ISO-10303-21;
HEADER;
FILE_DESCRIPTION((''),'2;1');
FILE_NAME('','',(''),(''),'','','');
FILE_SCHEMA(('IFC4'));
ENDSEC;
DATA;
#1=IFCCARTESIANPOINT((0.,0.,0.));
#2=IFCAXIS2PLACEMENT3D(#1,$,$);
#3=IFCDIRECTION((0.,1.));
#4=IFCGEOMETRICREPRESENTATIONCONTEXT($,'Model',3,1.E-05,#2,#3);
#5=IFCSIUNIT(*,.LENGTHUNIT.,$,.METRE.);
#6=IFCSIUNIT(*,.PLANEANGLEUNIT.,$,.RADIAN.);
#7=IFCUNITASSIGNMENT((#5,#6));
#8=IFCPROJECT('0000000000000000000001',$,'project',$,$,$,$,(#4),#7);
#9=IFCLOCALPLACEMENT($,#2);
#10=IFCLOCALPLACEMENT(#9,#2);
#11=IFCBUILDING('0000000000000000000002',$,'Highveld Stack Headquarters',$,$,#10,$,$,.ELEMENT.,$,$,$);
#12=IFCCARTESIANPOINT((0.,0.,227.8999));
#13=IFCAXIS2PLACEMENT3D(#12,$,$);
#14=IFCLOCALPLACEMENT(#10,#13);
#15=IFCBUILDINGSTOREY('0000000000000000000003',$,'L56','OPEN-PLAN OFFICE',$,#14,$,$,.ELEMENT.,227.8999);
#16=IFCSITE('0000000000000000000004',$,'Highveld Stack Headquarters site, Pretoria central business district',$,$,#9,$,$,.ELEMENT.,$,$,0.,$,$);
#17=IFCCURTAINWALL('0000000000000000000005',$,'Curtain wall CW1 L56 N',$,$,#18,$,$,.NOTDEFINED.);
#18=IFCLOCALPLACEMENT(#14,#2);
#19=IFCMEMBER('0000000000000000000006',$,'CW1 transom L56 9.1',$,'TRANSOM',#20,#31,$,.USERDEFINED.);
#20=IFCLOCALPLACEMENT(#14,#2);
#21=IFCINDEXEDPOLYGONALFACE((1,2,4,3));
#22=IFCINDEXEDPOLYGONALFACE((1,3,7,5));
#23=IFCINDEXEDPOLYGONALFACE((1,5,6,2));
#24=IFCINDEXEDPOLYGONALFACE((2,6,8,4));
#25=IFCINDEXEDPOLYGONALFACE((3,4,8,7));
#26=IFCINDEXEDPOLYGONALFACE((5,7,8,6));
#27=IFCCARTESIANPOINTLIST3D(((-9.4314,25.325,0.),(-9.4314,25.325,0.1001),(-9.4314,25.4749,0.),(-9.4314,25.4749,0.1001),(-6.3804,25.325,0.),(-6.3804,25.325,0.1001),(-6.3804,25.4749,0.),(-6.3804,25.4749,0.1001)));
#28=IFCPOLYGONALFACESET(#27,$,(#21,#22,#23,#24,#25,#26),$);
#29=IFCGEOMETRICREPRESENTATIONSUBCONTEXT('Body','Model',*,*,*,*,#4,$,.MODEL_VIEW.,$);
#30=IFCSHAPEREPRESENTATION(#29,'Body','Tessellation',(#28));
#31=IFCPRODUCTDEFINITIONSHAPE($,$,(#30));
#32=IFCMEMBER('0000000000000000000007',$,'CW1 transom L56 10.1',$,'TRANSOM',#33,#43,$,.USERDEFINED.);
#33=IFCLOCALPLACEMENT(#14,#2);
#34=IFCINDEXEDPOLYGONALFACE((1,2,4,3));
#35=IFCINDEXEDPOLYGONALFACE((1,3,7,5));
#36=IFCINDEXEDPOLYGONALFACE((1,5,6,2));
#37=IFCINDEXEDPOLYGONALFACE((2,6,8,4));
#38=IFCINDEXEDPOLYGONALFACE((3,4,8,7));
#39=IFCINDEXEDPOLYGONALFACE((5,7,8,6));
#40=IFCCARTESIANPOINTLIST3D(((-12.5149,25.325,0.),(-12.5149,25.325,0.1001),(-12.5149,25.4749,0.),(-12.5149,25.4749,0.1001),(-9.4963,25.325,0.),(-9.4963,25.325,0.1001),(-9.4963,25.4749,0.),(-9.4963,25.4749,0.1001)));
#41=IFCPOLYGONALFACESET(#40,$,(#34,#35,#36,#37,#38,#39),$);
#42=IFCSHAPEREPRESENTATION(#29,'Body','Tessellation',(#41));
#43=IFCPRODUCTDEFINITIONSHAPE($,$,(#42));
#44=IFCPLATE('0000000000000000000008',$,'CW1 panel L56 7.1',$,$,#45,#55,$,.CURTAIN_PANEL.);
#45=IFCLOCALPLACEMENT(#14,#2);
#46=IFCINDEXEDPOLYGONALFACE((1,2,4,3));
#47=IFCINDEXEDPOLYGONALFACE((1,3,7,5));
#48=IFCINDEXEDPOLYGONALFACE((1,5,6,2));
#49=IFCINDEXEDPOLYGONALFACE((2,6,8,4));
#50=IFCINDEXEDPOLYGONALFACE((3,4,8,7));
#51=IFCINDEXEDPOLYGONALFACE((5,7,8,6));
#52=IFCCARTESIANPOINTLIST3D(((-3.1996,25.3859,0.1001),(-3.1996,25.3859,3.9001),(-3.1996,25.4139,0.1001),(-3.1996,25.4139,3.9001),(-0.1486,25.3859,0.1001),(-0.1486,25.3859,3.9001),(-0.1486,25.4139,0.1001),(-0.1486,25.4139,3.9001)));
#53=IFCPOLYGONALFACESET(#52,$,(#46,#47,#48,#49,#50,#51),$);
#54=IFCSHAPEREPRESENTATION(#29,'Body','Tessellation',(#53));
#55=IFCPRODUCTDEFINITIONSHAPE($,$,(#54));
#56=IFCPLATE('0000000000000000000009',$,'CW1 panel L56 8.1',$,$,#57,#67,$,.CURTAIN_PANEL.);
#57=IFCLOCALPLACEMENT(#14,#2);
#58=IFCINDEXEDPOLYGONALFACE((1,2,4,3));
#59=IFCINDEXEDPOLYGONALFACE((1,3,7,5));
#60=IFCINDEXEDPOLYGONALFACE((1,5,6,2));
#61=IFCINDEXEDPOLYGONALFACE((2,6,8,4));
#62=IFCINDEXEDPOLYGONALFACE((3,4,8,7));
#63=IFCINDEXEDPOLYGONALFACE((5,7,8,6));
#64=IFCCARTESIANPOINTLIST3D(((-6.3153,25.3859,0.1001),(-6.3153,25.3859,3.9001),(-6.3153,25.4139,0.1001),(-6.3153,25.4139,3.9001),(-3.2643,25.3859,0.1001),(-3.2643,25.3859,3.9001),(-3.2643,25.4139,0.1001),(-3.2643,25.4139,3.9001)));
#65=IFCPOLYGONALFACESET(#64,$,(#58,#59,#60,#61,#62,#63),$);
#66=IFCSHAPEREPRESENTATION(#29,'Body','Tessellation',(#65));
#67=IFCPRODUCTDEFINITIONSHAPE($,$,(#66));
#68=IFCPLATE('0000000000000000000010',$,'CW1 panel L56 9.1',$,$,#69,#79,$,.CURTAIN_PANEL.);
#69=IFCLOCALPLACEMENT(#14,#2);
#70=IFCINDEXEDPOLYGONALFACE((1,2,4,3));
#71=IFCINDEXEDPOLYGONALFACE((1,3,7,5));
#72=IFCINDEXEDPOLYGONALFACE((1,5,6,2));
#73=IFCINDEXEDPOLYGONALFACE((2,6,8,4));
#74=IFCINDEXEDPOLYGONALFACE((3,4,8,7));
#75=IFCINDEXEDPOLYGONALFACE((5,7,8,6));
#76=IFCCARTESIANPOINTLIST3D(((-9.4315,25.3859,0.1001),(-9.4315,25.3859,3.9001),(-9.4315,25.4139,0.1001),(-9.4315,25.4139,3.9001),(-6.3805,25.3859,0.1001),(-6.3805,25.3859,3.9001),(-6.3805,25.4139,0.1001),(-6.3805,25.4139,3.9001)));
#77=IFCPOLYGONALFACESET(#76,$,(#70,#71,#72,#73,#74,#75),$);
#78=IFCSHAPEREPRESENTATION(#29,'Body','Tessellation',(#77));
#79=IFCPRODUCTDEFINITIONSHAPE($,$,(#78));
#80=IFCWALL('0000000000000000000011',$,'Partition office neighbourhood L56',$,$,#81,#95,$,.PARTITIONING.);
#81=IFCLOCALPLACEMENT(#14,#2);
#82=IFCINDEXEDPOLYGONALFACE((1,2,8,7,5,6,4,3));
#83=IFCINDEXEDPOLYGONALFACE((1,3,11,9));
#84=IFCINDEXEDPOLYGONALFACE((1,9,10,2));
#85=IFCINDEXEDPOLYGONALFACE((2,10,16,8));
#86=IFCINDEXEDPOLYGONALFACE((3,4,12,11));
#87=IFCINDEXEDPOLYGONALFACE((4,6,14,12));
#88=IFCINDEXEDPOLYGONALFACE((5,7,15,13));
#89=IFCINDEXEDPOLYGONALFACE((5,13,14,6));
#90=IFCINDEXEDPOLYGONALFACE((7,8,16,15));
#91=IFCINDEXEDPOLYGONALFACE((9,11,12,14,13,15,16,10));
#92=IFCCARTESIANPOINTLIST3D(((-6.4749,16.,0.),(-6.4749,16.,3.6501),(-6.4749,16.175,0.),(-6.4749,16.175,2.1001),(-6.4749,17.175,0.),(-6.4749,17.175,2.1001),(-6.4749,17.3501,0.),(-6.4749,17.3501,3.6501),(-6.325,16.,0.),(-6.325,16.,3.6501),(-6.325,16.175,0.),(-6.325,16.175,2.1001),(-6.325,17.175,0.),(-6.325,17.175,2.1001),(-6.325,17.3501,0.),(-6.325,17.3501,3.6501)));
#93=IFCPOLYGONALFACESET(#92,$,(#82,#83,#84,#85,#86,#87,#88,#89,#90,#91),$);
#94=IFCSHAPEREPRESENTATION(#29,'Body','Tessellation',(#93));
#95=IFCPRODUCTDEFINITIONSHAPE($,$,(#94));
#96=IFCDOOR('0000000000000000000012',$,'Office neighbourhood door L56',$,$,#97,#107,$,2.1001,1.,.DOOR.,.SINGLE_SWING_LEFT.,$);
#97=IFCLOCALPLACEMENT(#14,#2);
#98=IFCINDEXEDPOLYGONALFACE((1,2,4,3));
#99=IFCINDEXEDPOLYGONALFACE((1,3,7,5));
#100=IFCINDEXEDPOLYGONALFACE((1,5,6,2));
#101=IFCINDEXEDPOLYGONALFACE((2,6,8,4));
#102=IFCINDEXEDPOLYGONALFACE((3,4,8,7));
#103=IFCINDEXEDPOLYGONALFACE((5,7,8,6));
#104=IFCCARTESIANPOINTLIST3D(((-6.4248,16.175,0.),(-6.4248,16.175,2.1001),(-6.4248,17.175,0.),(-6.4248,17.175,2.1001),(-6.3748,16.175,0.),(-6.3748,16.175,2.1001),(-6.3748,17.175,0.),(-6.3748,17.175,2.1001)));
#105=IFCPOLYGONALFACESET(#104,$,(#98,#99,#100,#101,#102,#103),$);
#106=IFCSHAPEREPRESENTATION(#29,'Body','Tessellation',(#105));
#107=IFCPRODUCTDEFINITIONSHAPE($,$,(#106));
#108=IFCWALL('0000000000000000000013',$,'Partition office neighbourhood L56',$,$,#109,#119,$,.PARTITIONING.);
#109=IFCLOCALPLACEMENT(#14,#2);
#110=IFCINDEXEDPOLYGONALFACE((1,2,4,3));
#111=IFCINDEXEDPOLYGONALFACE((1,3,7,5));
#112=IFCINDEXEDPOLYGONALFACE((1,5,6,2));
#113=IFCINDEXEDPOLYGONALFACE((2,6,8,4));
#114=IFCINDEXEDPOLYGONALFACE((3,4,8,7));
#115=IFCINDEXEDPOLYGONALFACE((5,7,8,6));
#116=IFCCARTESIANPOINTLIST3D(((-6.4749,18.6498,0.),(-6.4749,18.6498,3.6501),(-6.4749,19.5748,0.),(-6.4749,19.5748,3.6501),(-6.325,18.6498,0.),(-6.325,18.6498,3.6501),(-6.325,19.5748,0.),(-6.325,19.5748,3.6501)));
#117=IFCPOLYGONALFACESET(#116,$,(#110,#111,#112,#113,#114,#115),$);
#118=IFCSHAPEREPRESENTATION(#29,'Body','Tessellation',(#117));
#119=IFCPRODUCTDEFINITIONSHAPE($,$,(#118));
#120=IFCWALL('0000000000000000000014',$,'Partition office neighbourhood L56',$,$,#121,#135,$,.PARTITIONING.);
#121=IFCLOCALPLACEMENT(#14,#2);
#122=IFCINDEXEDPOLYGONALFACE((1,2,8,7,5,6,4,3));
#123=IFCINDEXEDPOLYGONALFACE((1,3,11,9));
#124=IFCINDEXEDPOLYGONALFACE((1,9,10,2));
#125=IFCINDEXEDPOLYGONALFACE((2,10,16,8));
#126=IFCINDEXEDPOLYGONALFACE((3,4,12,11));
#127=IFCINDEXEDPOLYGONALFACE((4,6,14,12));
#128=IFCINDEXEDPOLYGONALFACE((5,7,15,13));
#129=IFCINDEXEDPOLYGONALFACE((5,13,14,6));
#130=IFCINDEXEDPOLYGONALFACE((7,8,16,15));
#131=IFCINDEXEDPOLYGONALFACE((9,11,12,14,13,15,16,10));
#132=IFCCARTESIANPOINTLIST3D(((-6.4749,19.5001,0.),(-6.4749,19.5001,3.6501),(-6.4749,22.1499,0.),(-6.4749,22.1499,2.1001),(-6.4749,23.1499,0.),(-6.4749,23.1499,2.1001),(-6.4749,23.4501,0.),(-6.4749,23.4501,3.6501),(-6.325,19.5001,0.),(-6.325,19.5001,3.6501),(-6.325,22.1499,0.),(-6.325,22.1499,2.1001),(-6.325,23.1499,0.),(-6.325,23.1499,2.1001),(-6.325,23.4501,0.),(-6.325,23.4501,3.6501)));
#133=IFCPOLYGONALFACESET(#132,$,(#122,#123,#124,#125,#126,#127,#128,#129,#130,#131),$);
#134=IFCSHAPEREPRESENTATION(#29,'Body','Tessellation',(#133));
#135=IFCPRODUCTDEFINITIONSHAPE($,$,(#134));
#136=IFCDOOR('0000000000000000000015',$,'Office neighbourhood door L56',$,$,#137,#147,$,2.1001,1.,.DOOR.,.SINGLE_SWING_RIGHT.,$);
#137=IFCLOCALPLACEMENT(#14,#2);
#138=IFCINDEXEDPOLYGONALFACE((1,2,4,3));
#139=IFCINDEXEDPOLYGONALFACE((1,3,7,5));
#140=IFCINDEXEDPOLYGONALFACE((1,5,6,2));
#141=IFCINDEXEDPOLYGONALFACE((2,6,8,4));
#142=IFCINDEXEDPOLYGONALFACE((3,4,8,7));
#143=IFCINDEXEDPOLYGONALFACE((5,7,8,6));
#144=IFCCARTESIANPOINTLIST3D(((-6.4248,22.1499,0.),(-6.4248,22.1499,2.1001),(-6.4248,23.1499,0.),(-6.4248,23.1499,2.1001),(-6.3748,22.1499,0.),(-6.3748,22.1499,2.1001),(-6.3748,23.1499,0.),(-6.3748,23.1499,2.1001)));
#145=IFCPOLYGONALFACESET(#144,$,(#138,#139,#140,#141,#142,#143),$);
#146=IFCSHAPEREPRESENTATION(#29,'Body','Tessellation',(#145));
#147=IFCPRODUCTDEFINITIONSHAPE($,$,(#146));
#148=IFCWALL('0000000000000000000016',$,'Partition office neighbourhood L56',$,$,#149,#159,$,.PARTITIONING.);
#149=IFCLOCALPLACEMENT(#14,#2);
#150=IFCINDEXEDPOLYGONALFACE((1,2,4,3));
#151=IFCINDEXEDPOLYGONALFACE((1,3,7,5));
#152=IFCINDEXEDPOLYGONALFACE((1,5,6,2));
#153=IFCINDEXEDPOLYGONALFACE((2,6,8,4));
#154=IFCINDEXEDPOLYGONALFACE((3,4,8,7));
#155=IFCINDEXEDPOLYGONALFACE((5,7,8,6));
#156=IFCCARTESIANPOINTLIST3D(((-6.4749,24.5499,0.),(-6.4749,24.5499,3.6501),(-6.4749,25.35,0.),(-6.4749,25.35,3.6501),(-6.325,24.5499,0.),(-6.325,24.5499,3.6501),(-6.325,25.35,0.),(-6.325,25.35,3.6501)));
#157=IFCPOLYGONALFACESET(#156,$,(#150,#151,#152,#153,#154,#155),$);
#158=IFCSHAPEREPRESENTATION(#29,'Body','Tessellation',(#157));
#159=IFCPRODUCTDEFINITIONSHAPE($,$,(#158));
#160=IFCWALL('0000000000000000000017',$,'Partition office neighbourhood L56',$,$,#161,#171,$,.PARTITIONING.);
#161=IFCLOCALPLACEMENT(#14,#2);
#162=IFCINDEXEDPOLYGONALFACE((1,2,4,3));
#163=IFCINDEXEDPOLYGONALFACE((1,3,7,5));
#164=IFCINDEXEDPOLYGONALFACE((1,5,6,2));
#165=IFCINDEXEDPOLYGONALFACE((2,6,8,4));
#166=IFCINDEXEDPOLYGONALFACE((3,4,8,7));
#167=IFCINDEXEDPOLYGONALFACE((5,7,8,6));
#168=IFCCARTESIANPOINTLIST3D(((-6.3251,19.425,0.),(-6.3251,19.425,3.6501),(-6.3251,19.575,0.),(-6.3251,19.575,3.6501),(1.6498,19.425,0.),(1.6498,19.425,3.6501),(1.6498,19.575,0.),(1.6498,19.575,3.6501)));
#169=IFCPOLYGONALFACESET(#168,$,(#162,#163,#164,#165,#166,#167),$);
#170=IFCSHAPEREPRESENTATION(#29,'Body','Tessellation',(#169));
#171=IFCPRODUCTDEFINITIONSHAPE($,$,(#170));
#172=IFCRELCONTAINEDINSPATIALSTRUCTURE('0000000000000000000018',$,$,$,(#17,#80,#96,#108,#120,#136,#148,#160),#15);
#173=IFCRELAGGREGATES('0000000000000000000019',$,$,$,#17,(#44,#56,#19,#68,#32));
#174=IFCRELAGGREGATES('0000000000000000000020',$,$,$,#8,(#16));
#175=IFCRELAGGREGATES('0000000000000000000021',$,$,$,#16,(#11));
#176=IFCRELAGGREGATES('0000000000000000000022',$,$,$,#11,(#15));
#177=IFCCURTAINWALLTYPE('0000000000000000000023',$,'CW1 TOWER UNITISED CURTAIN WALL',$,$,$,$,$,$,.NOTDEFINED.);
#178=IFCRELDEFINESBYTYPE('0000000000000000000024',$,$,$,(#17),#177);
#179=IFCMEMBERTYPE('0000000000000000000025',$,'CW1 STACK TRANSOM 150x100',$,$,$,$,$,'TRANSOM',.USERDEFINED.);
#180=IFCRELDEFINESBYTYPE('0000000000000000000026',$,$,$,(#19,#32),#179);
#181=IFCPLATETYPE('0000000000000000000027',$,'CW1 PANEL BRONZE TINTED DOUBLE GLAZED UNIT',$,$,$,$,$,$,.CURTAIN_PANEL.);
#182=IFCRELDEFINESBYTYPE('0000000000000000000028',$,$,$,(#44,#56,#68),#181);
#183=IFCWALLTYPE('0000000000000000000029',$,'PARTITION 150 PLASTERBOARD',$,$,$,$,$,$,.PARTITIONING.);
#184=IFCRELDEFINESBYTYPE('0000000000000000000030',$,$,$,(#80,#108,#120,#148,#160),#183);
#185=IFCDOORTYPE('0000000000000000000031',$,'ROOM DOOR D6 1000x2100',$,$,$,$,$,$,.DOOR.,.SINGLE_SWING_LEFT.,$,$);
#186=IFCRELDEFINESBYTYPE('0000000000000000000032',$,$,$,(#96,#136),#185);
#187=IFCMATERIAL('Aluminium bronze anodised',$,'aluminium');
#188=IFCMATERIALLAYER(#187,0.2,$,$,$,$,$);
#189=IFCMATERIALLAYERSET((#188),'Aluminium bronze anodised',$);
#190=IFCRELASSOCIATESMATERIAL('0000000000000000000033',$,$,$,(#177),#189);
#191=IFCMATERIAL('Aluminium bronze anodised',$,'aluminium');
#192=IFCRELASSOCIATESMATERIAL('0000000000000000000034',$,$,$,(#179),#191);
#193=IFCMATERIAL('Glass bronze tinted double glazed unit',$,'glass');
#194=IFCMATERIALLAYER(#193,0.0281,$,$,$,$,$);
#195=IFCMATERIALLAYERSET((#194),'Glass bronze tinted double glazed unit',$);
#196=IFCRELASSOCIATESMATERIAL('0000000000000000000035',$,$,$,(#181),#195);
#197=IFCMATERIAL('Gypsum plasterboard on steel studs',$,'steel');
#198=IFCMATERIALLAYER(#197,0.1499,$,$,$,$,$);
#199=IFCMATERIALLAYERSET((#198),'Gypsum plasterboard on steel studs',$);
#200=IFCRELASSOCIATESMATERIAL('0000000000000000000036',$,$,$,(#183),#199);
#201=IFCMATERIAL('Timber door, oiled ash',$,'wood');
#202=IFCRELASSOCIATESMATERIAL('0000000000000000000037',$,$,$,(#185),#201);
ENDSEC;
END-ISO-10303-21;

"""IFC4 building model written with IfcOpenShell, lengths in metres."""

from ifc_helpers import new_model, si_unit, direction, frame, frame_2d, origin, origin_2d, place, context, subcontext, project, spatial, rectangle, extrude, material, layer, layer_set, material_profile, profile_set, type_object, element, fill, aggregate, save


model = new_model("IFC4")

# Units and contexts
model_context = context("Model", 3, precision=1e-05, world=origin(), true_north=direction((0.0, 1.0)))
body_context = subcontext(model_context, "Body", "Model", "MODEL_VIEW")
ifc_project = project(units=[si_unit("LENGTHUNIT", "METRE"), si_unit("PLANEANGLEUNIT", "RADIAN")], contexts=[model_context])

# Site, building, storey
site_placement = place(None, origin())
site = spatial("IfcSite", under=ifc_project, at=site_placement, Name="Highveld Stack Headquarters site, Pretoria central business district", CompositionType="ELEMENT", RefElevation=0.0)
building_placement = place(site_placement, origin())
building = spatial("IfcBuilding", under=site, at=building_placement, Name="Highveld Stack Headquarters", CompositionType="ELEMENT")
storey_placement = place(building_placement, frame((0.0, 0.0, 227.8999)))
storey = spatial("IfcBuildingStorey", under=building, at=storey_placement, Name="L56", Description="OPEN-PLAN OFFICE", CompositionType="ELEMENT", Elevation=227.8999)

# Curtain wall, members, plates
ifc_material_1 = material(Name="Aluminium bronze anodised", Category="aluminium")
ifc_layer_1 = layer(ifc_material_1, 0.2)
ifc_layer_set_1 = layer_set([ifc_layer_1], Name="Aluminium bronze anodised")
curtain_wall_type = type_object("IfcCurtainWallType", Name="CW1 TOWER UNITISED CURTAIN WALL", PredefinedType="NOTDEFINED", material=ifc_layer_set_1)
curtain_wall_placement = place(storey_placement, origin())
curtain_wall = element("IfcCurtainWall", 1, at=curtain_wall_placement, inside=storey, type_object=curtain_wall_type, Name="Curtain wall CW1 L56 N", PredefinedType="NOTDEFINED")
ifc_material_2 = material(Name="Aluminium bronze anodised", Category="aluminium")
ifc_material_profile_1 = material_profile(ifc_material_2, rectangle(XDim=0.1499, YDim=0.1001, at=origin_2d()), Name="CW1 TRANSOM 150x100")
ifc_profile_set_1 = profile_set([ifc_material_profile_1], Name="Aluminium bronze anodised")
member_type_1 = type_object("IfcMemberType", Name="CW1 STACK TRANSOM 150x100", ElementType="TRANSOM", PredefinedType="USERDEFINED", material=ifc_profile_set_1)
member_1_placement = place(storey_placement, frame((-6.3804, 25.3999, 0.05), z_axis=(-1.0, 0.0, 0.0), x_axis=(0.0, -1.0, 0.0)))
member_1 = element("IfcMember", 2, at=member_1_placement, type_object=member_type_1, Name="CW1 transom L56 9.1", ObjectType="TRANSOM", PredefinedType="USERDEFINED", context=body_context, shape_type="SweptSolid", body=[
    extrude(rectangle(XDim=0.1499, YDim=0.1001, at=origin_2d()), origin(), (0.0, 0.0, 1.0), 3.051),
])
member_2_placement = place(storey_placement, frame((-9.4963, 25.3999, 0.05), z_axis=(-1.0, 0.0, 0.0), x_axis=(0.0, -1.0, 0.0)))
member_2 = element("IfcMember", 3, at=member_2_placement, type_object=member_type_1, Name="CW1 transom L56 10.1", ObjectType="TRANSOM", PredefinedType="USERDEFINED", context=body_context, shape_type="SweptSolid", body=[
    extrude(rectangle(XDim=0.1499, YDim=0.1001, at=origin_2d()), origin(), (0.0, 0.0, 1.0), 3.0186),
])
ifc_material_3 = material(Name="Glass bronze tinted double glazed unit", Category="glass")
ifc_layer_2 = layer(ifc_material_3, 0.0281)
ifc_layer_set_2 = layer_set([ifc_layer_2], Name="Glass bronze tinted double glazed unit")
plate_type = type_object("IfcPlateType", Name="CW1 PANEL BRONZE TINTED DOUBLE GLAZED UNIT", PredefinedType="CURTAIN_PANEL", material=ifc_layer_set_2)
plate_1_placement = place(storey_placement, frame((-1.6741, 25.3999, 0.1001), z_axis=(0.0, 0.0, 1.0), x_axis=(-1.0, 0.0, 0.0)))
plate_1 = element("IfcPlate", 4, at=plate_1_placement, type_object=plate_type, Name="CW1 panel L56 7.1", PredefinedType="CURTAIN_PANEL", context=body_context, shape_type="SweptSolid", body=[
    extrude(rectangle(XDim=3.051, YDim=0.0281, at=origin_2d()), origin(), (0.0, 0.0, 1.0), 3.8),
])
plate_2_placement = place(storey_placement, frame((-4.7898, 25.3999, 0.1001), z_axis=(0.0, 0.0, 1.0), x_axis=(-1.0, 0.0, 0.0)))
plate_2 = element("IfcPlate", 5, at=plate_2_placement, type_object=plate_type, Name="CW1 panel L56 8.1", PredefinedType="CURTAIN_PANEL", context=body_context, shape_type="SweptSolid", body=[
    extrude(rectangle(XDim=3.051, YDim=0.0281, at=origin_2d()), origin(), (0.0, 0.0, 1.0), 3.8),
])
plate_3_placement = place(storey_placement, frame((-7.906, 25.3999, 0.1001), z_axis=(0.0, 0.0, 1.0), x_axis=(-1.0, 0.0, 0.0)))
plate_3 = element("IfcPlate", 6, at=plate_3_placement, type_object=plate_type, Name="CW1 panel L56 9.1", PredefinedType="CURTAIN_PANEL", context=body_context, shape_type="SweptSolid", body=[
    extrude(rectangle(XDim=3.051, YDim=0.0281, at=origin_2d()), origin(), (0.0, 0.0, 1.0), 3.8),
])
aggregate(curtain_wall, [plate_1, plate_2, member_1, plate_3, member_2])

# Wall, opening, door
ifc_material_4 = material(Name="Gypsum plasterboard on steel studs", Category="steel")
ifc_layer_3 = layer(ifc_material_4, 0.1499)
ifc_layer_set_3 = layer_set([ifc_layer_3], Name="Gypsum plasterboard on steel studs")
wall_type = type_object("IfcWallType", Name="PARTITION 150 PLASTERBOARD", PredefinedType="PARTITIONING", material=ifc_layer_set_3)
wall_1_placement = place(storey_placement, frame((-6.3999, 16.0, 0.0), z_axis=(0.0, 0.0, 1.0), x_axis=(0.0, 1.0, 0.0)))
wall_1 = element("IfcWall", 7, at=wall_1_placement, inside=storey, type_object=wall_type, Name="Partition office neighbourhood L56", PredefinedType="PARTITIONING", context=body_context, shape_type="SweptSolid", body=[
    extrude(rectangle(XDim=1.3501, YDim=0.1499, at=frame_2d((0.675, 0.0))), origin(), (0.0, 0.0, 1.0), 3.6501),
])
opening_1_placement = place(wall_1_placement, frame((0.175, 0.0, 0.0)))
opening_1 = element("IfcOpeningElement", 8, at=opening_1_placement, cuts=wall_1, PredefinedType="OPENING", context=body_context, shape_type="SweptSolid", body=[
    extrude(rectangle(XDim=1.0, YDim=2.1001, at=frame_2d((0.5, 1.05))), frame((0.0, 0.085, 0.0), z_axis=(0.0, -1.0, 0.0), x_axis=(1.0, 0.0, 0.0)), (0.0, 0.0, 1.0), 0.1699),
])
ifc_material_5 = material(Name="Timber door, oiled ash", Category="wood")
door_type = type_object("IfcDoorType", Name="ROOM DOOR D6 1000x2100", OperationType="SINGLE_SWING_LEFT", PredefinedType="DOOR", material=ifc_material_5)
door_1_placement = place(opening_1_placement, origin())
door_1 = element("IfcDoor", 9, at=door_1_placement, inside=storey, type_object=door_type, Name="Office neighbourhood door L56", OperationType="SINGLE_SWING_LEFT", OverallHeight=2.1001, OverallWidth=1.0, PredefinedType="DOOR", context=body_context, shape_type="SweptSolid", body=[
    extrude(rectangle(XDim=1.0, YDim=2.1001, at=frame_2d((0.5, 1.05))), frame((0.0, 0.0249, 0.0), z_axis=(0.0, -1.0, 0.0), x_axis=(1.0, 0.0, 0.0)), (0.0, 0.0, 1.0), 0.05),
])
fill(opening_1, door_1)

# Wall
wall_2_placement = place(storey_placement, frame((-6.3999, 18.6499, 0.0), z_axis=(0.0, 0.0, 1.0), x_axis=(0.0, 1.0, 0.0)))
element("IfcWall", 10, at=wall_2_placement, inside=storey, type_object=wall_type, Name="Partition office neighbourhood L56", PredefinedType="PARTITIONING", context=body_context, shape_type="SweptSolid", body=[
    extrude(rectangle(XDim=0.925, YDim=0.1499, at=frame_2d((0.4624, 0.0))), origin(), (0.0, 0.0, 1.0), 3.6501),
])

# Wall, opening, door
wall_3_placement = place(storey_placement, frame((-6.3999, 19.5, 0.0), z_axis=(0.0, 0.0, 1.0), x_axis=(0.0, 1.0, 0.0)))
wall_3 = element("IfcWall", 11, at=wall_3_placement, inside=storey, type_object=wall_type, Name="Partition office neighbourhood L56", PredefinedType="PARTITIONING", context=body_context, shape_type="SweptSolid", body=[
    extrude(rectangle(XDim=3.95, YDim=0.1499, at=frame_2d((1.9751, 0.0))), origin(), (0.0, 0.0, 1.0), 3.6501),
])
opening_2_placement = place(wall_3_placement, frame((2.6499, 0.0, 0.0)))
opening_2 = element("IfcOpeningElement", 12, at=opening_2_placement, cuts=wall_3, PredefinedType="OPENING", context=body_context, shape_type="SweptSolid", body=[
    extrude(rectangle(XDim=1.0, YDim=2.1001, at=frame_2d((0.5, 1.05))), frame((0.0, 0.085, 0.0), z_axis=(0.0, -1.0, 0.0), x_axis=(1.0, 0.0, 0.0)), (0.0, 0.0, 1.0), 0.1699),
])
door_2_placement = place(opening_2_placement, origin())
door_2 = element("IfcDoor", 13, at=door_2_placement, inside=storey, type_object=door_type, Name="Office neighbourhood door L56", OperationType="SINGLE_SWING_RIGHT", OverallHeight=2.1001, OverallWidth=1.0, PredefinedType="DOOR", context=body_context, shape_type="SweptSolid", body=[
    extrude(rectangle(XDim=1.0, YDim=2.1001, at=frame_2d((0.5, 1.05))), frame((0.0, 0.0249, 0.0), z_axis=(0.0, -1.0, 0.0), x_axis=(1.0, 0.0, 0.0)), (0.0, 0.0, 1.0), 0.05),
])
fill(opening_2, door_2)

# Walls
wall_4_placement = place(storey_placement, frame((-6.3999, 24.55, 0.0), z_axis=(0.0, 0.0, 1.0), x_axis=(0.0, 1.0, 0.0)))
element("IfcWall", 14, at=wall_4_placement, inside=storey, type_object=wall_type, Name="Partition office neighbourhood L56", PredefinedType="PARTITIONING", context=body_context, shape_type="SweptSolid", body=[
    extrude(rectangle(XDim=0.8, YDim=0.1499, at=frame_2d((0.3999, 0.0))), origin(), (0.0, 0.0, 1.0), 3.6501),
])
wall_5_placement = place(storey_placement, frame((-6.325, 19.5, 0.0), z_axis=(0.0, 0.0, 1.0), x_axis=(1.0, 0.0, 0.0)))
element("IfcWall", 15, at=wall_5_placement, inside=storey, type_object=wall_type, Name="Partition office neighbourhood L56", PredefinedType="PARTITIONING", context=body_context, shape_type="SweptSolid", body=[
    extrude(rectangle(XDim=7.9749, YDim=0.1499, at=frame_2d((3.9873, 0.0))), origin(), (0.0, 0.0, 1.0), 3.6501),
])

save(model, "model.ifc")
